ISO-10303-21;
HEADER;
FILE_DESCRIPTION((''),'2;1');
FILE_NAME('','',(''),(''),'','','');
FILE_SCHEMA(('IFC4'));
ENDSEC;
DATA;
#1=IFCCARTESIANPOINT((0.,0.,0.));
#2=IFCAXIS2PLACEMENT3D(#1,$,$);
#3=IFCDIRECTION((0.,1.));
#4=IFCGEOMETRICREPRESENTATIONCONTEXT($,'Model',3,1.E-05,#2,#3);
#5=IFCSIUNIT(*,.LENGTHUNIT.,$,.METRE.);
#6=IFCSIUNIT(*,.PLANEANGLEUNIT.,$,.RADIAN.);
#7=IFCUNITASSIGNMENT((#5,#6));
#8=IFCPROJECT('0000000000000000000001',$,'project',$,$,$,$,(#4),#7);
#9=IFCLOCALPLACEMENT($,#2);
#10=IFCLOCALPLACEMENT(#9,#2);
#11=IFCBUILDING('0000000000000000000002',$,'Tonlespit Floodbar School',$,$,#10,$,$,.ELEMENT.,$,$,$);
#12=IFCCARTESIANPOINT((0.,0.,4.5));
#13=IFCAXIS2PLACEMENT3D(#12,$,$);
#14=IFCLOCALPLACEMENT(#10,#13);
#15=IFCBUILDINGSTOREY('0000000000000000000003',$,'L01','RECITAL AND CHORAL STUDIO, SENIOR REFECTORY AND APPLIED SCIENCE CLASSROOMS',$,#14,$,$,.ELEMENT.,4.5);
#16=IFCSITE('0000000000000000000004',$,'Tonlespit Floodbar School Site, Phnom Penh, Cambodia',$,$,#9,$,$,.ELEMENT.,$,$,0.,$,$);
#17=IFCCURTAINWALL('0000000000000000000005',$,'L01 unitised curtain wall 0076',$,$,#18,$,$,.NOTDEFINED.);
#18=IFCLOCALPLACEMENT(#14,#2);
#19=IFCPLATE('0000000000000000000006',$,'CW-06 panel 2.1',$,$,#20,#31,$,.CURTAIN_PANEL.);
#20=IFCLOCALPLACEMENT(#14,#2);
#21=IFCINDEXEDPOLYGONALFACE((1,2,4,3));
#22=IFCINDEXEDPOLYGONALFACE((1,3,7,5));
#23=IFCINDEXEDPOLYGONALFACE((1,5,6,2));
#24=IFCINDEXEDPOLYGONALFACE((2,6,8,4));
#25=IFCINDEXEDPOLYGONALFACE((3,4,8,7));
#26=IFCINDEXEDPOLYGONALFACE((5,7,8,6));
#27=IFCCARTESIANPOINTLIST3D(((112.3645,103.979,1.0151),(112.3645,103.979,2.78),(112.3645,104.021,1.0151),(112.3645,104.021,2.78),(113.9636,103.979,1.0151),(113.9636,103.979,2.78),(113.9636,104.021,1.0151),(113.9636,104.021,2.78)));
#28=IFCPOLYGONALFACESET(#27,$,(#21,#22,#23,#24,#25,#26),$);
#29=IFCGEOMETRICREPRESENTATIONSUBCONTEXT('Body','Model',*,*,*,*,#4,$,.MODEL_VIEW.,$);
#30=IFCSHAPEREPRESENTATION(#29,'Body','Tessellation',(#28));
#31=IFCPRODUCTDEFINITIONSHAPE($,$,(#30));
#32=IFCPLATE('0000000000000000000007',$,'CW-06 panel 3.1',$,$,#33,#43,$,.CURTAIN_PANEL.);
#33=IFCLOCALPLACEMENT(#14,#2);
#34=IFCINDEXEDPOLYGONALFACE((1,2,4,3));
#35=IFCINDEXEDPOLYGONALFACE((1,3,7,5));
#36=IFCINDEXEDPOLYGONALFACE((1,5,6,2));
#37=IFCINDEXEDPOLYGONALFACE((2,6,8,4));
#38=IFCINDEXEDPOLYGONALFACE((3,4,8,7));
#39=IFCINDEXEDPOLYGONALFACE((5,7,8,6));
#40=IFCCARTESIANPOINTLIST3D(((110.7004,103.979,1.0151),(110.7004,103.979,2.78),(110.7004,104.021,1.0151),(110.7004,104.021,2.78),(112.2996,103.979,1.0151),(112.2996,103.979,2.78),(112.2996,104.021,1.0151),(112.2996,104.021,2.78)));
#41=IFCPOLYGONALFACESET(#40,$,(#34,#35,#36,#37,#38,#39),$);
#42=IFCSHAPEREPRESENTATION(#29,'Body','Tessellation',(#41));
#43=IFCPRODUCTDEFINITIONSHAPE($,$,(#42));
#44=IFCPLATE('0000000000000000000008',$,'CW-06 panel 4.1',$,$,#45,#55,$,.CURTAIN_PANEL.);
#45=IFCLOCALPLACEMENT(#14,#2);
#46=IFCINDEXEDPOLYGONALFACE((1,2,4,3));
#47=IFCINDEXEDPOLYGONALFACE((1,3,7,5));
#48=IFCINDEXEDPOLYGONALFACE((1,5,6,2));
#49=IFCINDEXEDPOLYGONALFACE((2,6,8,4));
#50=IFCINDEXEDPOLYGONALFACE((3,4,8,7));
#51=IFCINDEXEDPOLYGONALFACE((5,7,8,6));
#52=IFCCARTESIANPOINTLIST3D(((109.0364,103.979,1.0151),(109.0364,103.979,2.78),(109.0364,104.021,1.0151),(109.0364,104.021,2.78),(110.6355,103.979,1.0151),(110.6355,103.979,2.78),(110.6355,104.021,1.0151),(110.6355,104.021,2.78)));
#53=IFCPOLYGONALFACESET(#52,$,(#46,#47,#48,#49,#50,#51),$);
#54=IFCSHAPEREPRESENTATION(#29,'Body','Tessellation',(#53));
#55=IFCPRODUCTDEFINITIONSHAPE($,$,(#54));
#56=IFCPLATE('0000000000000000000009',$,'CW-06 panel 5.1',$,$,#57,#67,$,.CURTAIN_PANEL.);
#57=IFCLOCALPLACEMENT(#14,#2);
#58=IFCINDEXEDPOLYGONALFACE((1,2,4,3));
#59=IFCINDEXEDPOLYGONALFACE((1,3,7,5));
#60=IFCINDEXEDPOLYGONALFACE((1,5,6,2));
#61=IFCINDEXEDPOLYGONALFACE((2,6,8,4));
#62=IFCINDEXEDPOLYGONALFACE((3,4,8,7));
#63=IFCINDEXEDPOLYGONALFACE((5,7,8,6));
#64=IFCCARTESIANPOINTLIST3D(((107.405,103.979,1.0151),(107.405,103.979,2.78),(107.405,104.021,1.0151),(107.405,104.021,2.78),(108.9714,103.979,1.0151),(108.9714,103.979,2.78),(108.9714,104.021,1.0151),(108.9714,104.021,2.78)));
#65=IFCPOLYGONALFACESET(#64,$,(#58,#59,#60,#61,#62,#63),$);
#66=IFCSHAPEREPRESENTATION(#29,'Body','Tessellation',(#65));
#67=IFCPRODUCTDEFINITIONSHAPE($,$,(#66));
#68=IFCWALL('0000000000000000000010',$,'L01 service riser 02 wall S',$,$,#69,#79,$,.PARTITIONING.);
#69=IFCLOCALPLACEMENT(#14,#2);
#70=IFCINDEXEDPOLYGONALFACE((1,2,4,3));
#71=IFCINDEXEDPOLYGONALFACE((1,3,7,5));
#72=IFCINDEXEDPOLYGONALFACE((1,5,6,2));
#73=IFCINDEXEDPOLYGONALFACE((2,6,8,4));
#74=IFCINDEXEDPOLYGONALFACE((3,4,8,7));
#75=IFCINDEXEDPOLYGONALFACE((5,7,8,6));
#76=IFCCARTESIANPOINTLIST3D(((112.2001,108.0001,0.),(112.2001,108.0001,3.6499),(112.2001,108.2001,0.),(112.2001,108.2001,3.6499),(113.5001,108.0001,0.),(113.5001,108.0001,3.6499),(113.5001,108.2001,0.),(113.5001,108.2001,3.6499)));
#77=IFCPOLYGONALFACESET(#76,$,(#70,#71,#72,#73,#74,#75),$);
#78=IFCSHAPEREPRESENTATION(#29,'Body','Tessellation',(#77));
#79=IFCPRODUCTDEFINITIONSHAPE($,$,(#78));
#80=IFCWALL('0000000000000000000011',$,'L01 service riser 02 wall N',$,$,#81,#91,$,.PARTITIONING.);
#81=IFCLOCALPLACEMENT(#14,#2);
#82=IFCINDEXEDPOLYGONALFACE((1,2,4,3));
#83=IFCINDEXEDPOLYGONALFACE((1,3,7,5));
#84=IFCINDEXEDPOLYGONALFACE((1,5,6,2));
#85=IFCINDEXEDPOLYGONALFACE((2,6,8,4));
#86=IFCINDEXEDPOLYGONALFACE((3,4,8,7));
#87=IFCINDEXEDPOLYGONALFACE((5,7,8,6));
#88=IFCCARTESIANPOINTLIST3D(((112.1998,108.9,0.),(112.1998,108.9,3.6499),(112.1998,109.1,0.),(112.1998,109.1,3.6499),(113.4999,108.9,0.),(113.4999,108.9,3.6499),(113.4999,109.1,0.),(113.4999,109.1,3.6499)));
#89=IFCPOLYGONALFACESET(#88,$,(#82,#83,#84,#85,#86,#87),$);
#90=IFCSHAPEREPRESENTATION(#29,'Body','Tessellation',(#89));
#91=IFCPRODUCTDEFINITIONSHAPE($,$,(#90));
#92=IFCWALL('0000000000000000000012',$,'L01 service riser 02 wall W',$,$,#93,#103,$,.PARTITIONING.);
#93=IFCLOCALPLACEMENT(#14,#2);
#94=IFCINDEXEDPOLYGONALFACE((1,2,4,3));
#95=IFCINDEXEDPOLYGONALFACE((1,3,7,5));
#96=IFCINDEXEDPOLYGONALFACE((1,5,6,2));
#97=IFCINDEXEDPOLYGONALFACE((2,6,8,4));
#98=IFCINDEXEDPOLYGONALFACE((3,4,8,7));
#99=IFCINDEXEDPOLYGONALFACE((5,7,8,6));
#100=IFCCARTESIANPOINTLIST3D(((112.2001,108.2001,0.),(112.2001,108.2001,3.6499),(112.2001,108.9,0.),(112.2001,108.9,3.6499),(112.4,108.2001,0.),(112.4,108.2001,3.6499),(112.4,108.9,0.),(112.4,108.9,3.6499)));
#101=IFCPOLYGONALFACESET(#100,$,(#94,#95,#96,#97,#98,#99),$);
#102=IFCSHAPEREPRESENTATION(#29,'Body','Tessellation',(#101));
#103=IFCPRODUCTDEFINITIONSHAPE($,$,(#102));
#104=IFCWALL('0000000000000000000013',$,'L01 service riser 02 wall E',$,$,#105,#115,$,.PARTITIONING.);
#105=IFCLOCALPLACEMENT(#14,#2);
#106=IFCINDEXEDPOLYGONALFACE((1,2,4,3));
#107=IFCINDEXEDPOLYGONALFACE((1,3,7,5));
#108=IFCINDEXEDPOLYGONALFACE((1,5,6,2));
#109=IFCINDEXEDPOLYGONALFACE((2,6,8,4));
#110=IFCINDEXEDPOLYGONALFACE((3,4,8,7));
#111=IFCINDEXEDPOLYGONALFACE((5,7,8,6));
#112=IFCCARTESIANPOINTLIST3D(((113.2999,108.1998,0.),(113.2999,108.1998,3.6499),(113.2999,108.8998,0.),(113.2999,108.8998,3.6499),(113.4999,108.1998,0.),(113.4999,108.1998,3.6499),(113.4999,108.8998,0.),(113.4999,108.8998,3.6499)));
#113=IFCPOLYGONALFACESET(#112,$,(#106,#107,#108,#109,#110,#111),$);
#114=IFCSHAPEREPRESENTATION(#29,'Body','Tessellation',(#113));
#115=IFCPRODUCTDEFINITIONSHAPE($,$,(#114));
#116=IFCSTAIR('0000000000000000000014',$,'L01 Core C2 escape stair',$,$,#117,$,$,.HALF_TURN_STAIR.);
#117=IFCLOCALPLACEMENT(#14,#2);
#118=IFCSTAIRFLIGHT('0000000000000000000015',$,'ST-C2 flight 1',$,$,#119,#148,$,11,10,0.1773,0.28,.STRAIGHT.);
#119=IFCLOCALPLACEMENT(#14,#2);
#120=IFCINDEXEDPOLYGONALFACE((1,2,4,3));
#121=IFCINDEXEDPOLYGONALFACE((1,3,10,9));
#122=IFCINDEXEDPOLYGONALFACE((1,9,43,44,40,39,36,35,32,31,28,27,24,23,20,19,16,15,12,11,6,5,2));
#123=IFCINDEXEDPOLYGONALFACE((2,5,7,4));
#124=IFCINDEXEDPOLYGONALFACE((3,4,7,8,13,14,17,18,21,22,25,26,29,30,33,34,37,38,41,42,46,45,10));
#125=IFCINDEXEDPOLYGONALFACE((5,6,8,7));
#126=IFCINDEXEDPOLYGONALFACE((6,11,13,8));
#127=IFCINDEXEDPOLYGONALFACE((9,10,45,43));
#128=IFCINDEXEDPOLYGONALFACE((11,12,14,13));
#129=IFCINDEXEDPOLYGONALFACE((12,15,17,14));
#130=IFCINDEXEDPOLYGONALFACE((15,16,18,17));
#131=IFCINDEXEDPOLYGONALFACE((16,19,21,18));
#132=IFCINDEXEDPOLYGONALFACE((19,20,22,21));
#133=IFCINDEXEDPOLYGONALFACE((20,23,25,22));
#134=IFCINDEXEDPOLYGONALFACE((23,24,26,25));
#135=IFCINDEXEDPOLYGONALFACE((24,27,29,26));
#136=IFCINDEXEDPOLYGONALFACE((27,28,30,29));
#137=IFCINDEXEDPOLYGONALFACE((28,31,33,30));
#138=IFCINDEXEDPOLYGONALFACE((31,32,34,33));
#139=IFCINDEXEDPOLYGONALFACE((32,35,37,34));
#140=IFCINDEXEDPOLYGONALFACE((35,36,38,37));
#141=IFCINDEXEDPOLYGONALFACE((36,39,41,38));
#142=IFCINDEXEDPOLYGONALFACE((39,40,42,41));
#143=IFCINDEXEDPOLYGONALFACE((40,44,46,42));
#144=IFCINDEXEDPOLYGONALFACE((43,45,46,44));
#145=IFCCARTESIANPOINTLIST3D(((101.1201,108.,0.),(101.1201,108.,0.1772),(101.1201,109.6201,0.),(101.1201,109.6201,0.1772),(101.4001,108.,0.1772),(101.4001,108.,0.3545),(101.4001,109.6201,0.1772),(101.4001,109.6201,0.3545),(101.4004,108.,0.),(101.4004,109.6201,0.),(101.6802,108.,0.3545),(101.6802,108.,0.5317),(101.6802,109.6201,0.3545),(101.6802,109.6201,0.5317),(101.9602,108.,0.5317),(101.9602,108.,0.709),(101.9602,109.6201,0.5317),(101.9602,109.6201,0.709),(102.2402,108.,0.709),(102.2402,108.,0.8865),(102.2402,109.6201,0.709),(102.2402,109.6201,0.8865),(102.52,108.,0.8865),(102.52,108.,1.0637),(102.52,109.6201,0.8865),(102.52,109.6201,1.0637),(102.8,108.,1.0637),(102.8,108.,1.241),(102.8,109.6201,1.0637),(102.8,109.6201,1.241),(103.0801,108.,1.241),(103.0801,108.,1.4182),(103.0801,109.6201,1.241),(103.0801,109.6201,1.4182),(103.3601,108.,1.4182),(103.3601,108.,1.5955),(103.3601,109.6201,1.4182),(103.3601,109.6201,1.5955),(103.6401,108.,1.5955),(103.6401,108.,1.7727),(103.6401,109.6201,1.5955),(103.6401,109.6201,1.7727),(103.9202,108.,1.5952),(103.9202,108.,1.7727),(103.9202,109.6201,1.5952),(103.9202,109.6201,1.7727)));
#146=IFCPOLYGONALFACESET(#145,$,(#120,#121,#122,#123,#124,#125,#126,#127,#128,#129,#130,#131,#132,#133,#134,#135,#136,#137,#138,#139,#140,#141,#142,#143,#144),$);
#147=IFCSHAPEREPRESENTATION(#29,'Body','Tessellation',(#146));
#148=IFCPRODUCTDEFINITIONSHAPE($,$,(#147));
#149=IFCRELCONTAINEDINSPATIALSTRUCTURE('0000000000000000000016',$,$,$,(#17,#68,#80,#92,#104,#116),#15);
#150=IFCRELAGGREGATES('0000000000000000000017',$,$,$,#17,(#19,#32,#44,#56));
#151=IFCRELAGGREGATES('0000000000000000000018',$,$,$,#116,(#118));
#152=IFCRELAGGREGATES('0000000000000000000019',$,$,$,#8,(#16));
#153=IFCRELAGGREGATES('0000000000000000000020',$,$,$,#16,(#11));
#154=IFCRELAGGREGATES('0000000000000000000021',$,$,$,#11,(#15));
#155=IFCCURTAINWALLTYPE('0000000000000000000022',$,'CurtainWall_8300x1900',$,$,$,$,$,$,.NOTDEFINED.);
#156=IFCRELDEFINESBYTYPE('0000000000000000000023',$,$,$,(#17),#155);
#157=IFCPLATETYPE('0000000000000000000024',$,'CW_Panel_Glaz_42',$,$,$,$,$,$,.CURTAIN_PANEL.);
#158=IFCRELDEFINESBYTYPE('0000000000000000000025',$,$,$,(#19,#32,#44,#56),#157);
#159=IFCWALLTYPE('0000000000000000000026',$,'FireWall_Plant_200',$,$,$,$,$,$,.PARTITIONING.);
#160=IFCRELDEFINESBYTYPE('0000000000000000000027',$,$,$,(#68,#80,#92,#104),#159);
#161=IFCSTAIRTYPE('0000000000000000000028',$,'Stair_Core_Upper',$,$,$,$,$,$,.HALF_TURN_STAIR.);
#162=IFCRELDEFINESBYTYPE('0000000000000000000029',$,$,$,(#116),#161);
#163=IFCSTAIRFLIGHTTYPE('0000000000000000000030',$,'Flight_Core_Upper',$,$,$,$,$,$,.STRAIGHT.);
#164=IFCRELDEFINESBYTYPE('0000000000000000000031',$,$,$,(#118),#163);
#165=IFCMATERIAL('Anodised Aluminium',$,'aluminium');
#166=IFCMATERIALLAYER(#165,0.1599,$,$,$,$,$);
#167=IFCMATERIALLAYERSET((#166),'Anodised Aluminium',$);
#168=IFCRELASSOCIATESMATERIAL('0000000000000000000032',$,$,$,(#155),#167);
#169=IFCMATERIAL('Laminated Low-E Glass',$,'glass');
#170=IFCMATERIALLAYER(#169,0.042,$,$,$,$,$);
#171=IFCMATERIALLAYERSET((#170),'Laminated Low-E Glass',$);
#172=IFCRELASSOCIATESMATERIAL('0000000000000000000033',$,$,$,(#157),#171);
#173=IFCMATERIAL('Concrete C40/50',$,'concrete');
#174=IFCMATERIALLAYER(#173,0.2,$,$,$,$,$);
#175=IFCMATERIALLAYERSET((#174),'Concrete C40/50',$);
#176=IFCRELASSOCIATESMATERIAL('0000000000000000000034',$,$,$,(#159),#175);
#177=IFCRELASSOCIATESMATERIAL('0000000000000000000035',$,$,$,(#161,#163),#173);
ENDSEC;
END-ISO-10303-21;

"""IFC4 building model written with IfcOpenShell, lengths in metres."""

from ifc_helpers import new_model, si_unit, direction, frame, frame_2d, origin, origin_2d, place, context, subcontext, project, spatial, polyline, rectangle, outline, extrude, material, layer, layer_set, type_object, element, aggregate, save


model = new_model("IFC4")

# Units and contexts
model_context = context("Model", 3, precision=1e-05, world=origin(), true_north=direction((0.0, 1.0)))
body_context = subcontext(model_context, "Body", "Model", "MODEL_VIEW")
ifc_project = project(units=[si_unit("LENGTHUNIT", "METRE"), si_unit("PLANEANGLEUNIT", "RADIAN")], contexts=[model_context])

# Site, building, storey
site_placement = place(None, origin())
site = spatial("IfcSite", under=ifc_project, at=site_placement, Name="Tonlespit Floodbar School Site, Phnom Penh, Cambodia", CompositionType="ELEMENT", RefElevation=0.0)
building_placement = place(site_placement, origin())
building = spatial("IfcBuilding", under=site, at=building_placement, Name="Tonlespit Floodbar School", CompositionType="ELEMENT")
storey_placement = place(building_placement, frame((0.0, 0.0, 4.5)))
storey = spatial("IfcBuildingStorey", under=building, at=storey_placement, Name="L01", Description="RECITAL AND CHORAL STUDIO, SENIOR REFECTORY AND APPLIED SCIENCE CLASSROOMS", CompositionType="ELEMENT", Elevation=4.5)

# Shared definitions
ifc_material_1 = material(Name="Concrete C40/50", Category="concrete")

# Curtain wall, plates
ifc_material_2 = material(Name="Anodised Aluminium", Category="aluminium")
ifc_layer_1 = layer(ifc_material_2, 0.1599)
ifc_layer_set_1 = layer_set([ifc_layer_1], Name="Anodised Aluminium")
curtain_wall_type = type_object("IfcCurtainWallType", Name="CurtainWall_8300x1900", PredefinedType="NOTDEFINED", material=ifc_layer_set_1)
curtain_wall_placement = place(storey_placement, origin())
curtain_wall = element("IfcCurtainWall", 1, at=curtain_wall_placement, inside=storey, type_object=curtain_wall_type, Name="L01 unitised curtain wall 0076", PredefinedType="NOTDEFINED")
ifc_material_3 = material(Name="Laminated Low-E Glass", Category="glass")
ifc_layer_2 = layer(ifc_material_3, 0.042)
ifc_layer_set_2 = layer_set([ifc_layer_2], Name="Laminated Low-E Glass")
plate_type = type_object("IfcPlateType", Name="CW_Panel_Glaz_42", PredefinedType="CURTAIN_PANEL", material=ifc_layer_set_2)
plate_1_placement = place(storey_placement, frame((113.1641, 104.0, 1.0151), z_axis=(0.0, 0.0, 1.0), x_axis=(-1.0, 0.0, 0.0)))
plate_1 = element("IfcPlate", 2, at=plate_1_placement, type_object=plate_type, Name="CW-06 panel 2.1", PredefinedType="CURTAIN_PANEL", context=body_context, shape_type="SweptSolid", body=[
    extrude(rectangle(XDim=1.5991, YDim=0.042, at=origin_2d()), origin(), (0.0, 0.0, 1.0), 1.7649),
])
plate_2_placement = place(storey_placement, frame((111.5, 104.0, 1.0151), z_axis=(0.0, 0.0, 1.0), x_axis=(-1.0, 0.0, 0.0)))
plate_2 = element("IfcPlate", 3, at=plate_2_placement, type_object=plate_type, Name="CW-06 panel 3.1", PredefinedType="CURTAIN_PANEL", context=body_context, shape_type="SweptSolid", body=[
    extrude(rectangle(XDim=1.5991, YDim=0.042, at=origin_2d()), origin(), (0.0, 0.0, 1.0), 1.7649),
])
plate_3_placement = place(storey_placement, frame((109.8359, 104.0, 1.0151), z_axis=(0.0, 0.0, 1.0), x_axis=(-1.0, 0.0, 0.0)))
plate_3 = element("IfcPlate", 4, at=plate_3_placement, type_object=plate_type, Name="CW-06 panel 4.1", PredefinedType="CURTAIN_PANEL", context=body_context, shape_type="SweptSolid", body=[
    extrude(rectangle(XDim=1.5991, YDim=0.042, at=origin_2d()), origin(), (0.0, 0.0, 1.0), 1.7649),
])
plate_4_placement = place(storey_placement, frame((108.1882, 104.0, 1.0151), z_axis=(0.0, 0.0, 1.0), x_axis=(-1.0, 0.0, 0.0)))
plate_4 = element("IfcPlate", 5, at=plate_4_placement, type_object=plate_type, Name="CW-06 panel 5.1", PredefinedType="CURTAIN_PANEL", context=body_context, shape_type="SweptSolid", body=[
    extrude(rectangle(XDim=1.5664, YDim=0.042, at=origin_2d()), origin(), (0.0, 0.0, 1.0), 1.7649),
])
aggregate(curtain_wall, [plate_1, plate_2, plate_3, plate_4])

# Walls
ifc_layer_3 = layer(ifc_material_1, 0.2)
ifc_layer_set_3 = layer_set([ifc_layer_3], Name="Concrete C40/50")
wall_type_1 = type_object("IfcWallType", Name="FireWall_Plant_200", PredefinedType="PARTITIONING", material=ifc_layer_set_3)
for number, where, z_axis, x_axis, name in (
    (6, (113.5, 108.1001, 0.0), (0.0, 0.0, 1.0), (-1.0, 0.0, 0.0), "L01 service riser 02 wall S"),
    (7, (112.2, 109.0, 0.0), (0.0, 0.0, 1.0), (1.0, 0.0, 0.0), "L01 service riser 02 wall N"),
):
    element("IfcWall", number, at=place(storey_placement, frame(where, z_axis=z_axis, x_axis=x_axis)), inside=storey, type_object=wall_type_1, Name=name, PredefinedType="PARTITIONING", context=body_context, shape_type="SweptSolid", body=[
        extrude(rectangle(XDim=1.3, YDim=0.2, at=frame_2d((0.6499, 0.0))), origin(), (0.0, 0.0, 1.0), 3.6499),
    ])
for number, where, z_axis, x_axis, name in (
    (8, (112.3, 108.2, 0.0), (0.0, 0.0, 1.0), (0.0, 1.0, 0.0), "L01 service riser 02 wall W"),
    (9, (113.3999, 108.8999, 0.0), (0.0, 0.0, 1.0), (0.0, -1.0, 0.0), "L01 service riser 02 wall E"),
):
    element("IfcWall", number, at=place(storey_placement, frame(where, z_axis=z_axis, x_axis=x_axis)), inside=storey, type_object=wall_type_1, Name=name, PredefinedType="PARTITIONING", context=body_context, shape_type="SweptSolid", body=[
        extrude(rectangle(XDim=0.7, YDim=0.2, at=frame_2d((0.3501, 0.0))), origin(), (0.0, 0.0, 1.0), 3.6499),
    ])

# Stair, stair flight
stair_type = type_object("IfcStairType", Name="Stair_Core_Upper", PredefinedType="HALF_TURN_STAIR", material=ifc_material_1)
stair_placement = place(storey_placement, origin())
stair = element("IfcStair", 10, at=stair_placement, inside=storey, type_object=stair_type, Name="L01 Core C2 escape stair", PredefinedType="HALF_TURN_STAIR")
stair_flight_type = type_object("IfcStairFlightType", Name="Flight_Core_Upper", PredefinedType="STRAIGHT", material=ifc_material_1)
stair_flight_placement = place(storey_placement, frame((101.1201, 108.8101, 0.0), z_axis=(0.0, 0.0, 1.0), x_axis=(1.0, 0.0, 0.0)))
stair_flight = element("IfcStairFlight", 11, at=stair_flight_placement, type_object=stair_flight_type, Name="ST-C2 flight 1", NumberOfRisers=11, NumberOfTreads=10, PredefinedType="STRAIGHT", RiserHeight=0.1773, TreadLength=0.28, context=body_context, shape_type="SweptSolid", body=[
    extrude(outline(polyline([(0.0, 0.0), (0.0, 0.1772), (0.28, 0.1772), (0.28, 0.3545), (0.5601, 0.3545), (0.5601, 0.5317), (0.8401, 0.5317), (0.8401, 0.709), (1.1201, 0.709), (1.1201, 0.8865), (1.3999, 0.8865), (1.3999, 1.0637), (1.6799, 1.0637), (1.6799, 1.241), (1.96, 1.241), (1.96, 1.4182), (2.24, 1.4182), (2.24, 1.5955), (2.52, 1.5955), (2.52, 1.7727), (2.8, 1.7727), (2.8, 1.95), (2.8, 1.5952), (0.2803, 0.0), (0.0, 0.0)])), frame((0.0, 0.8101, 0.0), z_axis=(0.0, -1.0, 0.0), x_axis=(1.0, 0.0, 0.0)), (0.0, 0.0, 1.0), 1.6201),
])
aggregate(stair, [stair_flight])

save(model, "model.ifc")
